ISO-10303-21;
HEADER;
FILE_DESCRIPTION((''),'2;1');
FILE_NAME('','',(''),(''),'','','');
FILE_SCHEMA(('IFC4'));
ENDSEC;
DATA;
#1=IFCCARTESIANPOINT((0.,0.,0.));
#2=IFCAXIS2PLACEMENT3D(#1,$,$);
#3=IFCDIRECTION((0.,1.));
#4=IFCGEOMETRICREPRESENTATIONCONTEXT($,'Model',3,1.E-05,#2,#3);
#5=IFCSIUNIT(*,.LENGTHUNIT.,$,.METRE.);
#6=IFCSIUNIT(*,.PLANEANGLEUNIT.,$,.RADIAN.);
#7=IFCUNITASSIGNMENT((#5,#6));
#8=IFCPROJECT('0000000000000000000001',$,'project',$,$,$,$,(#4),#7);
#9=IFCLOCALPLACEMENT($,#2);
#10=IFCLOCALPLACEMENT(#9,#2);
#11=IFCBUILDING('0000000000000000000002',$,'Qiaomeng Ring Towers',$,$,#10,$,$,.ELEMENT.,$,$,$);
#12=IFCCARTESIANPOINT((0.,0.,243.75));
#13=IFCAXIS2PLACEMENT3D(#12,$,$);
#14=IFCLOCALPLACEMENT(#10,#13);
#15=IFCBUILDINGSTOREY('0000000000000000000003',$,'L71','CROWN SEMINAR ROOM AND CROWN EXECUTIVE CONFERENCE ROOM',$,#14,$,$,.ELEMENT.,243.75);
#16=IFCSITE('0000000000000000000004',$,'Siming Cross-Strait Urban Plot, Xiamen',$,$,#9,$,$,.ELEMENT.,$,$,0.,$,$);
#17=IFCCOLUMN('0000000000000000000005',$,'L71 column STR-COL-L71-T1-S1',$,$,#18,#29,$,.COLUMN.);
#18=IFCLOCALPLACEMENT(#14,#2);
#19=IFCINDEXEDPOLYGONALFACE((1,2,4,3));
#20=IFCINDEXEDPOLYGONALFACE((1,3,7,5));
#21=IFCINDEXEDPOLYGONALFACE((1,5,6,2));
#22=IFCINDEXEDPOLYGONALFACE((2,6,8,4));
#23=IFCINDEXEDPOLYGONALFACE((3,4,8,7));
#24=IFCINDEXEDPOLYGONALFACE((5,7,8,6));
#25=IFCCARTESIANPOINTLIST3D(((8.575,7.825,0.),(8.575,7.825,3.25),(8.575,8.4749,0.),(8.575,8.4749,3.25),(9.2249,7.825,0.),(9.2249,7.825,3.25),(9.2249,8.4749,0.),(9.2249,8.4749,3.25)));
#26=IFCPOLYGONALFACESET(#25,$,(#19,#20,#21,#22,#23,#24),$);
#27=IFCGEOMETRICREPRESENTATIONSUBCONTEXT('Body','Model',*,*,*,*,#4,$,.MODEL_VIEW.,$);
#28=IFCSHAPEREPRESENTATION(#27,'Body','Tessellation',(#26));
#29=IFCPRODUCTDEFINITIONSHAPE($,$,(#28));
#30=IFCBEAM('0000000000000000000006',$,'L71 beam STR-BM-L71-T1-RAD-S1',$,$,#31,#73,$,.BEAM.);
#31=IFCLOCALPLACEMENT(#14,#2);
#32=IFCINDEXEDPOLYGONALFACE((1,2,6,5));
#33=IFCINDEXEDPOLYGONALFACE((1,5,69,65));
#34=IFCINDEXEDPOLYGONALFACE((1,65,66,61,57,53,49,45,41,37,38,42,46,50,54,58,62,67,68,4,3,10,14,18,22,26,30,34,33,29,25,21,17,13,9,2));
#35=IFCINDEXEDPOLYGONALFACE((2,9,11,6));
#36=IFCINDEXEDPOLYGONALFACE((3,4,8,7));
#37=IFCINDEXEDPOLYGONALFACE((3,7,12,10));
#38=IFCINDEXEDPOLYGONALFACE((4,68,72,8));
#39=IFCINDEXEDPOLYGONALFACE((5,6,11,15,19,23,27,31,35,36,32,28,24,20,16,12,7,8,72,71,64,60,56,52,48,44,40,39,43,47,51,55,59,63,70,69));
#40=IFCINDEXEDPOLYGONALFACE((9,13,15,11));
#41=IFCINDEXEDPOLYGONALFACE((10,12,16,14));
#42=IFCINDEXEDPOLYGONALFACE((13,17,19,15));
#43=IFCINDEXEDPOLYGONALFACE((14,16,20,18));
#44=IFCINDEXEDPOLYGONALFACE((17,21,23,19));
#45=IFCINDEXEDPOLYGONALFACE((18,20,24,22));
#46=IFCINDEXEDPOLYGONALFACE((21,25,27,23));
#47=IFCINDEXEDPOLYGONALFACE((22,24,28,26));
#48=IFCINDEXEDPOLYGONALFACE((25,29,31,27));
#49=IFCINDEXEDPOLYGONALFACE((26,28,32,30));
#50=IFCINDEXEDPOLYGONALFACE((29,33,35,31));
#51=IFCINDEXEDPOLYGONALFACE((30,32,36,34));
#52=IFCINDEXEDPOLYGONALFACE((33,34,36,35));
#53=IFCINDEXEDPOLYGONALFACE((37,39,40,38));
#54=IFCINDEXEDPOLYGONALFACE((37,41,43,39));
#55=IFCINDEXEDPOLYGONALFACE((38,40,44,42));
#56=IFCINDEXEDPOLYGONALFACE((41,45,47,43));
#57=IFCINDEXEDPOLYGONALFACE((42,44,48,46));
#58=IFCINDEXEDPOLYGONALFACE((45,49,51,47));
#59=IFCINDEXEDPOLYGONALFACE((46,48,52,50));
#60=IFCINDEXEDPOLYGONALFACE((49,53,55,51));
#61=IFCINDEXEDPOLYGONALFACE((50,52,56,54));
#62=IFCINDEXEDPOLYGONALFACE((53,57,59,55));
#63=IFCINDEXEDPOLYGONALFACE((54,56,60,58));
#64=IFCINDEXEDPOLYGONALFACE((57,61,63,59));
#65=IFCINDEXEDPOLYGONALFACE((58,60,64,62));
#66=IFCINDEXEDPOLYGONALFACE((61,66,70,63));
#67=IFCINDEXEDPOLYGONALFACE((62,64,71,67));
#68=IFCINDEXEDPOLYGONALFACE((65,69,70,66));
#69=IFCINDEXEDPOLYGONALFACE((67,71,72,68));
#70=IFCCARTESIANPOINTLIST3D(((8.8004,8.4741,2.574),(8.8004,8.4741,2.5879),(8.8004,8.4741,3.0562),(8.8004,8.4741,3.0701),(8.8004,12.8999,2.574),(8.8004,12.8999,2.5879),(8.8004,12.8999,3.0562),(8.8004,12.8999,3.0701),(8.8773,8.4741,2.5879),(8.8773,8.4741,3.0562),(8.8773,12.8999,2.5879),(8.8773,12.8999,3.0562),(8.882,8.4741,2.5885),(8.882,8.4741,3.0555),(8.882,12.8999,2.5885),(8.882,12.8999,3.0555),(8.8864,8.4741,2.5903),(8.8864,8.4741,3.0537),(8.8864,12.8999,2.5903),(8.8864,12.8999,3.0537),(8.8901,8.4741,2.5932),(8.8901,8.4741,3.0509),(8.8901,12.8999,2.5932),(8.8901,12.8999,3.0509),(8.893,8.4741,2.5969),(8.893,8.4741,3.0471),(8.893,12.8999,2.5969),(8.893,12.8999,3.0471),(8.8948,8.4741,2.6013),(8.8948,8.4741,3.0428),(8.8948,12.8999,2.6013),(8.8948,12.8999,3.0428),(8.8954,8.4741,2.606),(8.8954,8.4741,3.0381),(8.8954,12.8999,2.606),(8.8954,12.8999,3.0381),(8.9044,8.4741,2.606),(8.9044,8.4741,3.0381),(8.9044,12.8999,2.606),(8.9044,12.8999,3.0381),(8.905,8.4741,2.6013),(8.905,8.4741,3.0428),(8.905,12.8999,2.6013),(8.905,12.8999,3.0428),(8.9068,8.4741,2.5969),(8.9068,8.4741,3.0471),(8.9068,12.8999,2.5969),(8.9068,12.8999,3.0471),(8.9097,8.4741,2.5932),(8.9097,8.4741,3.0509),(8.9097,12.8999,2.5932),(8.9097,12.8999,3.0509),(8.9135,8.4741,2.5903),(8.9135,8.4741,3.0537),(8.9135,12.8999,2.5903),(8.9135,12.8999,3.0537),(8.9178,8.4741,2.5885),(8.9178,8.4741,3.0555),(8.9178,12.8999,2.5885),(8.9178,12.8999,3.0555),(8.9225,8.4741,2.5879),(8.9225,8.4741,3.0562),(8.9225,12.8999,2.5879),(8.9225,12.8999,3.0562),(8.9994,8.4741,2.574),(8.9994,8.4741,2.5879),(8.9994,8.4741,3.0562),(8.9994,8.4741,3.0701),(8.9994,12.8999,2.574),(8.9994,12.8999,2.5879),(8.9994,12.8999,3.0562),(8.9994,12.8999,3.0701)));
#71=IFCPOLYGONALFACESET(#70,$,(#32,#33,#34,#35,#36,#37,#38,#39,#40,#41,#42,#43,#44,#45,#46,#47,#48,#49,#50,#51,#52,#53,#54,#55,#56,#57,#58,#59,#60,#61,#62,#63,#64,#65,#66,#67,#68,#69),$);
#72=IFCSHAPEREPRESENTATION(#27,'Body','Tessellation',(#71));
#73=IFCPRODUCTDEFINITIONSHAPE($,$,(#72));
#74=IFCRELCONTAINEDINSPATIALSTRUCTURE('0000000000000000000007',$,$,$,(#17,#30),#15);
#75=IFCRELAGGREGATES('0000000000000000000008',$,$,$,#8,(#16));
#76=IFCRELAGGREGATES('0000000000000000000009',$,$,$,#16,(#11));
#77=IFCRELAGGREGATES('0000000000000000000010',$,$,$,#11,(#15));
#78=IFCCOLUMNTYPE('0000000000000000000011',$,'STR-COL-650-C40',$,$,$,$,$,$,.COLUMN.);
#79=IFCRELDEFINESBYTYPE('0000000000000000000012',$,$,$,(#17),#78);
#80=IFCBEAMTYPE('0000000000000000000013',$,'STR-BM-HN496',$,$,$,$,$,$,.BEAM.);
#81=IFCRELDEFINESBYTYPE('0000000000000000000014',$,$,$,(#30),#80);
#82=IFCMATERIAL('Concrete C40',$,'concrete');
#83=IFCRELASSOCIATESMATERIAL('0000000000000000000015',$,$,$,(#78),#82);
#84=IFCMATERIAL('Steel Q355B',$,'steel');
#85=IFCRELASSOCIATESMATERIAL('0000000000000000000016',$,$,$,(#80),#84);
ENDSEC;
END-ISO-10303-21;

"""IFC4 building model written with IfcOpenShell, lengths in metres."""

from ifc_helpers import new_model, si_unit, direction, frame, origin, origin_2d, place, context, subcontext, project, spatial, rectangle, i_section, extrude, source, transform, mapped, material, material_profile, profile_set, type_object, element, save


model = new_model("IFC4")

# Units and contexts
model_context = context("Model", 3, precision=1e-05, world=origin(), true_north=direction((0.0, 1.0)))
body_context = subcontext(model_context, "Body", "Model", "MODEL_VIEW")
ifc_project = project(units=[si_unit("LENGTHUNIT", "METRE"), si_unit("PLANEANGLEUNIT", "RADIAN")], contexts=[model_context])

# Site, building, storey
site_placement = place(None, origin())
site = spatial("IfcSite", under=ifc_project, at=site_placement, Name="Siming Cross-Strait Urban Plot, Xiamen", CompositionType="ELEMENT", RefElevation=0.0)
building_placement = place(site_placement, origin())
building = spatial("IfcBuilding", under=site, at=building_placement, Name="Qiaomeng Ring Towers", CompositionType="ELEMENT")
storey_placement = place(building_placement, frame((0.0, 0.0, 243.75)))
storey = spatial("IfcBuildingStorey", under=building, at=storey_placement, Name="L71", Description="CROWN SEMINAR ROOM AND CROWN EXECUTIVE CONFERENCE ROOM", CompositionType="ELEMENT", Elevation=243.75)

# Column
ifc_material_1 = material(Name="Concrete C40", Category="concrete")
ifc_material_profile_1 = material_profile(ifc_material_1, rectangle(XDim=0.6499, YDim=0.6499, at=origin_2d()), Name="RC COL 650x650")
ifc_profile_set_1 = profile_set([ifc_material_profile_1], Name="Concrete C40")
column_type = type_object("IfcColumnType", Name="STR-COL-650-C40", PredefinedType="COLUMN", material=ifc_profile_set_1)
shared_shape_1 = source(origin(), body_context, "Body", "SweptSolid", [
    extrude(rectangle(XDim=0.6499, YDim=0.6499, at=origin_2d()), origin(), (0.0, 0.0, 1.0), 3.25),
])
column_placement = place(storey_placement, frame((8.8999, 8.1499, 0.0), z_axis=(0.0, 0.0, 1.0), x_axis=(1.0, 0.0, 0.0)))
element("IfcColumn", 1, at=column_placement, inside=storey, type_object=column_type, Name="L71 column STR-COL-L71-T1-S1", PredefinedType="COLUMN", context=body_context, shape_type="MappedRepresentation", body=[
    mapped(shared_shape_1, transform((0.0, 0.0, 0.0), x_axis=(1.0, 0.0, 0.0), y_axis=(0.0, 1.0, 0.0), z_axis=(0.0, 0.0, 1.0), scale=1.0)),
])

# Beam
ifc_material_2 = material(Name="Steel Q355B", Category="steel")
ifc_material_profile_2 = material_profile(ifc_material_2, i_section(OverallWidth=0.199, OverallDepth=0.4961, WebThickness=0.009, FlangeThickness=0.0139, FilletRadius=0.0181, at=origin_2d()), Name="HN 496x199x9x14")
ifc_profile_set_2 = profile_set([ifc_material_profile_2], Name="Steel Q355B")
beam_type = type_object("IfcBeamType", Name="STR-BM-HN496", PredefinedType="BEAM", material=ifc_profile_set_2)
shared_shape_2 = source(origin(), body_context, "Body", "SweptSolid", [
    extrude(i_section(OverallWidth=0.199, OverallDepth=0.4961, WebThickness=0.009, FlangeThickness=0.0139, FilletRadius=0.0181, at=origin_2d()), origin(), (0.0, 0.0, 1.0), 4.4258),
])
beam_placement = place(storey_placement, frame((8.8999, 8.4741, 2.822), z_axis=(0.0, 1.0, 0.0), x_axis=(-1.0, 0.0, 0.0)))
element("IfcBeam", 2, at=beam_placement, inside=storey, type_object=beam_type, Name="L71 beam STR-BM-L71-T1-RAD-S1", PredefinedType="BEAM", context=body_context, shape_type="MappedRepresentation", body=[
    mapped(shared_shape_2, transform((0.0, 0.0, 0.0), x_axis=(1.0, 0.0, 0.0), y_axis=(0.0, 1.0, 0.0), z_axis=(0.0, 0.0, 1.0), scale=1.0)),
])

save(model, "model.ifc")
